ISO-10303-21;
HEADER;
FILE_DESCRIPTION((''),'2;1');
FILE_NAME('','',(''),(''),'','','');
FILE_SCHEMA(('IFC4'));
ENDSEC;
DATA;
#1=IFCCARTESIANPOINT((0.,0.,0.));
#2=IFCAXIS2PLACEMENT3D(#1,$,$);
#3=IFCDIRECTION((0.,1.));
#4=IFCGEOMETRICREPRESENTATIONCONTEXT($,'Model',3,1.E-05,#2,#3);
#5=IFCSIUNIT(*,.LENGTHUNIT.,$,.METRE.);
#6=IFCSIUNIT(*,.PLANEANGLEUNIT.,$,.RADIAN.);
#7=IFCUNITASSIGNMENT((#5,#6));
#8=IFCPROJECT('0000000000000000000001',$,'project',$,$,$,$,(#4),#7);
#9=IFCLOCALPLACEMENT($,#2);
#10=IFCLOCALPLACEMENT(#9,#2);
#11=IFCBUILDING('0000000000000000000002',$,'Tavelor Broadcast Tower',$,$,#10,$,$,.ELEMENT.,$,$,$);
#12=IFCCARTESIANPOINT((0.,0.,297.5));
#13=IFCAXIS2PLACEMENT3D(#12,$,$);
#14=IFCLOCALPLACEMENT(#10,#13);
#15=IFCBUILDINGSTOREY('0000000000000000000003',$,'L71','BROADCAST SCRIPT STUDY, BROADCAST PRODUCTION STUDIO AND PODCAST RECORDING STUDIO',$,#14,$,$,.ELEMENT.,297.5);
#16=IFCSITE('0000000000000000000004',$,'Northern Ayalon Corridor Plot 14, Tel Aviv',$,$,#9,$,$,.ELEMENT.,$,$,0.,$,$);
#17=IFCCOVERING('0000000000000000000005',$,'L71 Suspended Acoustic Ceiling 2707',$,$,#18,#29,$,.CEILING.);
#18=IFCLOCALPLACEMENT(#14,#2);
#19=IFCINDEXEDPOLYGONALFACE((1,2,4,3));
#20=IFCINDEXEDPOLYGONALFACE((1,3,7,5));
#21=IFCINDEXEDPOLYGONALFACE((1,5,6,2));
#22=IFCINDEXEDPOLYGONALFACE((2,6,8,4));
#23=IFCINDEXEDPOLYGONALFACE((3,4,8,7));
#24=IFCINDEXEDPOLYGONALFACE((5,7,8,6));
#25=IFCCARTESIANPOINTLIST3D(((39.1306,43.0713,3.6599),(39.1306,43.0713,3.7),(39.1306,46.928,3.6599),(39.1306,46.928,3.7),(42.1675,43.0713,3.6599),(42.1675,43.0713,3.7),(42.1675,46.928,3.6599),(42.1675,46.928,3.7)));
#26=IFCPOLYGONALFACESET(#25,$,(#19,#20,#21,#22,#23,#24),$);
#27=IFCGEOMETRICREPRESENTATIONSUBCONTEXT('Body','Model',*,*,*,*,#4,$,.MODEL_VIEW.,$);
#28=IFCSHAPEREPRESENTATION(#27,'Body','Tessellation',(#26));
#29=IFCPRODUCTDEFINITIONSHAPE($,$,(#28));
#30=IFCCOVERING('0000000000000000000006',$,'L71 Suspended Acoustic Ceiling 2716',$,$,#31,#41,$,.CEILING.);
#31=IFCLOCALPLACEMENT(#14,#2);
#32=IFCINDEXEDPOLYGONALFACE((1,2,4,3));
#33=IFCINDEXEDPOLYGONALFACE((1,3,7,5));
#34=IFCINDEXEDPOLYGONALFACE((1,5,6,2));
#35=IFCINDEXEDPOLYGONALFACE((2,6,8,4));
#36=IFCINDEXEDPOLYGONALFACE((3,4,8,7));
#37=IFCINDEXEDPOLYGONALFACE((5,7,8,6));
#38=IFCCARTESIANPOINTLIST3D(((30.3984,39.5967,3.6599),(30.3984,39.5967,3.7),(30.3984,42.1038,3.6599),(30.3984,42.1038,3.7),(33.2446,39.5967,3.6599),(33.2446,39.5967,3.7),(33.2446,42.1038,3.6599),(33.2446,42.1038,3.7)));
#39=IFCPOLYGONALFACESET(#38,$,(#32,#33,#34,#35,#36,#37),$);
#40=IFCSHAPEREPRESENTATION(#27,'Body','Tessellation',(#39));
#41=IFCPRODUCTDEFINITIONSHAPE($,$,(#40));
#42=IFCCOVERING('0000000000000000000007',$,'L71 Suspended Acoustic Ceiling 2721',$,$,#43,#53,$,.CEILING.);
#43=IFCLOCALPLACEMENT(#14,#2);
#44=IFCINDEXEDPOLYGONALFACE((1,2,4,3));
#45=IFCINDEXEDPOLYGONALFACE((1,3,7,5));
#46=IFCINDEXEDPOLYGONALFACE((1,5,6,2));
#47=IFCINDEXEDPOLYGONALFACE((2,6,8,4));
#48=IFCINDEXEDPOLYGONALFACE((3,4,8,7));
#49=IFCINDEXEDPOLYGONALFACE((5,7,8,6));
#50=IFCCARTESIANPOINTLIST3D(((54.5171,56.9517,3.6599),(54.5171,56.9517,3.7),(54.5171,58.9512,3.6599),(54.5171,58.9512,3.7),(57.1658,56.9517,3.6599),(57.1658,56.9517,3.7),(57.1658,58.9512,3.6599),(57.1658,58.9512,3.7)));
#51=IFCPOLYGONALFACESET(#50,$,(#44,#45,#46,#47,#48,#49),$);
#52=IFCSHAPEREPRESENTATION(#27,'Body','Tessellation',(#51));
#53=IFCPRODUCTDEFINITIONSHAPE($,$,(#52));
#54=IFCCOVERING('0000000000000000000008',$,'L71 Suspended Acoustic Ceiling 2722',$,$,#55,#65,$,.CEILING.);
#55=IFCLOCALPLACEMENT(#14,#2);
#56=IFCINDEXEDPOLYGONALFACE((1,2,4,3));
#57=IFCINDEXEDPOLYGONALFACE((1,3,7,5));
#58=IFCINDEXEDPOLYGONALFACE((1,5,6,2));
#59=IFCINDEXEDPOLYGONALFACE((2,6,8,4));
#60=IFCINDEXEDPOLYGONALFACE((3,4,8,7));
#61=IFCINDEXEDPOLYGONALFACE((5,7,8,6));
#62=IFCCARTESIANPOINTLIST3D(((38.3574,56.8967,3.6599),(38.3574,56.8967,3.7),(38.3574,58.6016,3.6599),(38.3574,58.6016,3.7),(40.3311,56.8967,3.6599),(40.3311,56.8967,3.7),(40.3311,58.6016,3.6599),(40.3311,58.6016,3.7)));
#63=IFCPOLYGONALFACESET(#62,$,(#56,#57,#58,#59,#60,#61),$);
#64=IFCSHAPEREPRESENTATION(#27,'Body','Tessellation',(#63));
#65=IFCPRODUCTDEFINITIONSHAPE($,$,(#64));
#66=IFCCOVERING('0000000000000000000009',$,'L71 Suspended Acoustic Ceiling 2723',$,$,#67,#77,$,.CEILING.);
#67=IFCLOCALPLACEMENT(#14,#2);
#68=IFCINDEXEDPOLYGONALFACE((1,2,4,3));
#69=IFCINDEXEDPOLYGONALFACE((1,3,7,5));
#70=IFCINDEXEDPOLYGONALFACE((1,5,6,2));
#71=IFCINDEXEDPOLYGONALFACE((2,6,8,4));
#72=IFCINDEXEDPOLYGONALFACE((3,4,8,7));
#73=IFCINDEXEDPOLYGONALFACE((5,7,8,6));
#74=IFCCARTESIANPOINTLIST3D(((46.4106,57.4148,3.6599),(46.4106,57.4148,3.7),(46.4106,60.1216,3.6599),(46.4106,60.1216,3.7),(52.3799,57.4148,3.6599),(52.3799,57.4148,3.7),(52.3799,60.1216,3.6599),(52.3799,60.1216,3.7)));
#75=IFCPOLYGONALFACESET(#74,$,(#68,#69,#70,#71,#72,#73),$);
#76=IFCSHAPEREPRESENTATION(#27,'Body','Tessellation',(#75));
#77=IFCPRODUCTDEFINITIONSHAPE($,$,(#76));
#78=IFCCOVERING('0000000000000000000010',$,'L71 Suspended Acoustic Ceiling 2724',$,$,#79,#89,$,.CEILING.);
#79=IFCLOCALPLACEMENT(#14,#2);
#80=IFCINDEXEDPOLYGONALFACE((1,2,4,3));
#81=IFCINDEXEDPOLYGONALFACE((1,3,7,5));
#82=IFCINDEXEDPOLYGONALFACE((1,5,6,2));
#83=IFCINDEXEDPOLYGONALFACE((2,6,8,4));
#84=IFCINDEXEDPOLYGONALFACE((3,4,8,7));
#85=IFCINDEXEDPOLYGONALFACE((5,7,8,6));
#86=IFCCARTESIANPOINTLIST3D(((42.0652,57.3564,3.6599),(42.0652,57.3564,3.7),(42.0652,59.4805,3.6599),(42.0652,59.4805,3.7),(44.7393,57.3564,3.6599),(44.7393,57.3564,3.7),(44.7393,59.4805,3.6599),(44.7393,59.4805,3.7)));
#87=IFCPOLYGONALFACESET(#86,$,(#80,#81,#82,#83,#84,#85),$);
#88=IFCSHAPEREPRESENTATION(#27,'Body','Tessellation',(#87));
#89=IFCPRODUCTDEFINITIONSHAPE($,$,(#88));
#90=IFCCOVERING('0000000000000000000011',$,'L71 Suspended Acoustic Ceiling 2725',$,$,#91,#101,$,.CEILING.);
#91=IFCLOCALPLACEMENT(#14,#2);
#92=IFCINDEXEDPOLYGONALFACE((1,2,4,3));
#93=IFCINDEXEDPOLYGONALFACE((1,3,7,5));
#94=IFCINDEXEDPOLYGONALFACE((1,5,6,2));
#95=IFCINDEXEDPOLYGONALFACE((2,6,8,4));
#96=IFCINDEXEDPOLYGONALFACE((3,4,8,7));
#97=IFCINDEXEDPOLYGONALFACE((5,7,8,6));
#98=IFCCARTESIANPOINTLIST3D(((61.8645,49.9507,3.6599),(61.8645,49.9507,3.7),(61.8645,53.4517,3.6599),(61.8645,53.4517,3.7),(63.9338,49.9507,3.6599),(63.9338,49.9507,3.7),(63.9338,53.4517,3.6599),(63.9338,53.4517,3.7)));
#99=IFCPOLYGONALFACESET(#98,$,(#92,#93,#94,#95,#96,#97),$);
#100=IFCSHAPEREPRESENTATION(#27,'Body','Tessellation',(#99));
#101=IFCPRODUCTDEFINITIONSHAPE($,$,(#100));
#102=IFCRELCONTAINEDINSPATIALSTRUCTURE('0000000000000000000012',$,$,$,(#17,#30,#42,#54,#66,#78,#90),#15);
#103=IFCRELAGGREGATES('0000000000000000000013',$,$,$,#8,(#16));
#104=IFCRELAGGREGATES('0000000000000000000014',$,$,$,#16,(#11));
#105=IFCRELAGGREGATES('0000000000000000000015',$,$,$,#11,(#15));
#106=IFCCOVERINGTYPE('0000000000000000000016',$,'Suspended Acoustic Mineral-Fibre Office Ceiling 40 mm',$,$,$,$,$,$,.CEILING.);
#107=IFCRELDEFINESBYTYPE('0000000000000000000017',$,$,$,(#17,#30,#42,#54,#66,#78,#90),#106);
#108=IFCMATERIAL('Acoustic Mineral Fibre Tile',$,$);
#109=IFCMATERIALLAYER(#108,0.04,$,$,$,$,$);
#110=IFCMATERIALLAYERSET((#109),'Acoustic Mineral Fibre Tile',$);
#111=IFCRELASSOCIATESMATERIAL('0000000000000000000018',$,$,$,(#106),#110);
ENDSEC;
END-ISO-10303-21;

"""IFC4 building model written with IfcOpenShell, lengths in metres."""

from ifc_helpers import new_model, si_unit, direction, frame, origin, place, context, subcontext, project, spatial, polyline, outline, extrude, material, layer, layer_set, type_object, element, save


model = new_model("IFC4")

# Units and contexts
model_context = context("Model", 3, precision=1e-05, world=origin(), true_north=direction((0.0, 1.0)))
body_context = subcontext(model_context, "Body", "Model", "MODEL_VIEW")
ifc_project = project(units=[si_unit("LENGTHUNIT", "METRE"), si_unit("PLANEANGLEUNIT", "RADIAN")], contexts=[model_context])

# Site, building, storey
site_placement = place(None, origin())
site = spatial("IfcSite", under=ifc_project, at=site_placement, Name="Northern Ayalon Corridor Plot 14, Tel Aviv", CompositionType="ELEMENT", RefElevation=0.0)
building_placement = place(site_placement, origin())
building = spatial("IfcBuilding", under=site, at=building_placement, Name="Tavelor Broadcast Tower", CompositionType="ELEMENT")
storey_placement = place(building_placement, frame((0.0, 0.0, 297.5)))
storey = spatial("IfcBuildingStorey", under=building, at=storey_placement, Name="L71", Description="BROADCAST SCRIPT STUDY, BROADCAST PRODUCTION STUDIO AND PODCAST RECORDING STUDIO", CompositionType="ELEMENT", Elevation=297.5)

# Coverings
ifc_material_1 = material(Name="Acoustic Mineral Fibre Tile")
ifc_layer_1 = layer(ifc_material_1, 0.04)
ifc_layer_set_1 = layer_set([ifc_layer_1], Name="Acoustic Mineral Fibre Tile")
covering_type_1 = type_object("IfcCoveringType", Name="Suspended Acoustic Mineral-Fibre Office Ceiling 40 mm", PredefinedType="CEILING", material=ifc_layer_set_1)
covering_1_placement = place(storey_placement, frame((0.0, 0.0, 3.6599)))
element("IfcCovering", 1, at=covering_1_placement, inside=storey, type_object=covering_type_1, Name="L71 Suspended Acoustic Ceiling 2707", PredefinedType="CEILING", context=body_context, shape_type="SweptSolid", body=[
    extrude(outline(polyline([(39.1306, 43.0713), (42.1675, 43.0713), (42.1675, 46.928), (39.1306, 46.928), (39.1306, 43.0713)])), origin(), (0.0, 0.0, 1.0), 0.04),
])
covering_2_placement = place(storey_placement, frame((0.0, 0.0, 3.6599)))
element("IfcCovering", 2, at=covering_2_placement, inside=storey, type_object=covering_type_1, Name="L71 Suspended Acoustic Ceiling 2716", PredefinedType="CEILING", context=body_context, shape_type="SweptSolid", body=[
    extrude(outline(polyline([(30.3984, 39.5967), (33.2446, 39.5967), (33.2446, 42.1038), (30.3984, 42.1038), (30.3984, 39.5967)])), origin(), (0.0, 0.0, 1.0), 0.04),
])
covering_3_placement = place(storey_placement, frame((0.0, 0.0, 3.6599)))
element("IfcCovering", 3, at=covering_3_placement, inside=storey, type_object=covering_type_1, Name="L71 Suspended Acoustic Ceiling 2721", PredefinedType="CEILING", context=body_context, shape_type="SweptSolid", body=[
    extrude(outline(polyline([(54.5171, 56.9517), (57.1658, 56.9517), (57.1658, 58.9512), (54.5171, 58.9512), (54.5171, 56.9517)])), origin(), (0.0, 0.0, 1.0), 0.04),
])
covering_4_placement = place(storey_placement, frame((0.0, 0.0, 3.6599)))
element("IfcCovering", 4, at=covering_4_placement, inside=storey, type_object=covering_type_1, Name="L71 Suspended Acoustic Ceiling 2722", PredefinedType="CEILING", context=body_context, shape_type="SweptSolid", body=[
    extrude(outline(polyline([(38.3574, 56.8967), (40.3311, 56.8967), (40.3311, 58.6016), (38.3574, 58.6016), (38.3574, 56.8967)])), origin(), (0.0, 0.0, 1.0), 0.04),
])
covering_5_placement = place(storey_placement, frame((0.0, 0.0, 3.6599)))
element("IfcCovering", 5, at=covering_5_placement, inside=storey, type_object=covering_type_1, Name="L71 Suspended Acoustic Ceiling 2723", PredefinedType="CEILING", context=body_context, shape_type="SweptSolid", body=[
    extrude(outline(polyline([(46.4106, 57.4148), (52.3799, 57.4148), (52.3799, 60.1216), (46.4106, 60.1216), (46.4106, 57.4148)])), origin(), (0.0, 0.0, 1.0), 0.04),
])
covering_6_placement = place(storey_placement, frame((0.0, 0.0, 3.6599)))
element("IfcCovering", 6, at=covering_6_placement, inside=storey, type_object=covering_type_1, Name="L71 Suspended Acoustic Ceiling 2724", PredefinedType="CEILING", context=body_context, shape_type="SweptSolid", body=[
    extrude(outline(polyline([(42.0652, 57.3564), (44.7393, 57.3564), (44.7393, 59.4805), (42.0652, 59.4805), (42.0652, 57.3564)])), origin(), (0.0, 0.0, 1.0), 0.04),
])
covering_7_placement = place(storey_placement, frame((0.0, 0.0, 3.6599)))
element("IfcCovering", 7, at=covering_7_placement, inside=storey, type_object=covering_type_1, Name="L71 Suspended Acoustic Ceiling 2725", PredefinedType="CEILING", context=body_context, shape_type="SweptSolid", body=[
    extrude(outline(polyline([(61.8645, 49.9507), (63.9338, 49.9507), (63.9338, 53.4517), (61.8645, 53.4517), (61.8645, 49.9507)])), origin(), (0.0, 0.0, 1.0), 0.04),
])

save(model, "model.ifc")
